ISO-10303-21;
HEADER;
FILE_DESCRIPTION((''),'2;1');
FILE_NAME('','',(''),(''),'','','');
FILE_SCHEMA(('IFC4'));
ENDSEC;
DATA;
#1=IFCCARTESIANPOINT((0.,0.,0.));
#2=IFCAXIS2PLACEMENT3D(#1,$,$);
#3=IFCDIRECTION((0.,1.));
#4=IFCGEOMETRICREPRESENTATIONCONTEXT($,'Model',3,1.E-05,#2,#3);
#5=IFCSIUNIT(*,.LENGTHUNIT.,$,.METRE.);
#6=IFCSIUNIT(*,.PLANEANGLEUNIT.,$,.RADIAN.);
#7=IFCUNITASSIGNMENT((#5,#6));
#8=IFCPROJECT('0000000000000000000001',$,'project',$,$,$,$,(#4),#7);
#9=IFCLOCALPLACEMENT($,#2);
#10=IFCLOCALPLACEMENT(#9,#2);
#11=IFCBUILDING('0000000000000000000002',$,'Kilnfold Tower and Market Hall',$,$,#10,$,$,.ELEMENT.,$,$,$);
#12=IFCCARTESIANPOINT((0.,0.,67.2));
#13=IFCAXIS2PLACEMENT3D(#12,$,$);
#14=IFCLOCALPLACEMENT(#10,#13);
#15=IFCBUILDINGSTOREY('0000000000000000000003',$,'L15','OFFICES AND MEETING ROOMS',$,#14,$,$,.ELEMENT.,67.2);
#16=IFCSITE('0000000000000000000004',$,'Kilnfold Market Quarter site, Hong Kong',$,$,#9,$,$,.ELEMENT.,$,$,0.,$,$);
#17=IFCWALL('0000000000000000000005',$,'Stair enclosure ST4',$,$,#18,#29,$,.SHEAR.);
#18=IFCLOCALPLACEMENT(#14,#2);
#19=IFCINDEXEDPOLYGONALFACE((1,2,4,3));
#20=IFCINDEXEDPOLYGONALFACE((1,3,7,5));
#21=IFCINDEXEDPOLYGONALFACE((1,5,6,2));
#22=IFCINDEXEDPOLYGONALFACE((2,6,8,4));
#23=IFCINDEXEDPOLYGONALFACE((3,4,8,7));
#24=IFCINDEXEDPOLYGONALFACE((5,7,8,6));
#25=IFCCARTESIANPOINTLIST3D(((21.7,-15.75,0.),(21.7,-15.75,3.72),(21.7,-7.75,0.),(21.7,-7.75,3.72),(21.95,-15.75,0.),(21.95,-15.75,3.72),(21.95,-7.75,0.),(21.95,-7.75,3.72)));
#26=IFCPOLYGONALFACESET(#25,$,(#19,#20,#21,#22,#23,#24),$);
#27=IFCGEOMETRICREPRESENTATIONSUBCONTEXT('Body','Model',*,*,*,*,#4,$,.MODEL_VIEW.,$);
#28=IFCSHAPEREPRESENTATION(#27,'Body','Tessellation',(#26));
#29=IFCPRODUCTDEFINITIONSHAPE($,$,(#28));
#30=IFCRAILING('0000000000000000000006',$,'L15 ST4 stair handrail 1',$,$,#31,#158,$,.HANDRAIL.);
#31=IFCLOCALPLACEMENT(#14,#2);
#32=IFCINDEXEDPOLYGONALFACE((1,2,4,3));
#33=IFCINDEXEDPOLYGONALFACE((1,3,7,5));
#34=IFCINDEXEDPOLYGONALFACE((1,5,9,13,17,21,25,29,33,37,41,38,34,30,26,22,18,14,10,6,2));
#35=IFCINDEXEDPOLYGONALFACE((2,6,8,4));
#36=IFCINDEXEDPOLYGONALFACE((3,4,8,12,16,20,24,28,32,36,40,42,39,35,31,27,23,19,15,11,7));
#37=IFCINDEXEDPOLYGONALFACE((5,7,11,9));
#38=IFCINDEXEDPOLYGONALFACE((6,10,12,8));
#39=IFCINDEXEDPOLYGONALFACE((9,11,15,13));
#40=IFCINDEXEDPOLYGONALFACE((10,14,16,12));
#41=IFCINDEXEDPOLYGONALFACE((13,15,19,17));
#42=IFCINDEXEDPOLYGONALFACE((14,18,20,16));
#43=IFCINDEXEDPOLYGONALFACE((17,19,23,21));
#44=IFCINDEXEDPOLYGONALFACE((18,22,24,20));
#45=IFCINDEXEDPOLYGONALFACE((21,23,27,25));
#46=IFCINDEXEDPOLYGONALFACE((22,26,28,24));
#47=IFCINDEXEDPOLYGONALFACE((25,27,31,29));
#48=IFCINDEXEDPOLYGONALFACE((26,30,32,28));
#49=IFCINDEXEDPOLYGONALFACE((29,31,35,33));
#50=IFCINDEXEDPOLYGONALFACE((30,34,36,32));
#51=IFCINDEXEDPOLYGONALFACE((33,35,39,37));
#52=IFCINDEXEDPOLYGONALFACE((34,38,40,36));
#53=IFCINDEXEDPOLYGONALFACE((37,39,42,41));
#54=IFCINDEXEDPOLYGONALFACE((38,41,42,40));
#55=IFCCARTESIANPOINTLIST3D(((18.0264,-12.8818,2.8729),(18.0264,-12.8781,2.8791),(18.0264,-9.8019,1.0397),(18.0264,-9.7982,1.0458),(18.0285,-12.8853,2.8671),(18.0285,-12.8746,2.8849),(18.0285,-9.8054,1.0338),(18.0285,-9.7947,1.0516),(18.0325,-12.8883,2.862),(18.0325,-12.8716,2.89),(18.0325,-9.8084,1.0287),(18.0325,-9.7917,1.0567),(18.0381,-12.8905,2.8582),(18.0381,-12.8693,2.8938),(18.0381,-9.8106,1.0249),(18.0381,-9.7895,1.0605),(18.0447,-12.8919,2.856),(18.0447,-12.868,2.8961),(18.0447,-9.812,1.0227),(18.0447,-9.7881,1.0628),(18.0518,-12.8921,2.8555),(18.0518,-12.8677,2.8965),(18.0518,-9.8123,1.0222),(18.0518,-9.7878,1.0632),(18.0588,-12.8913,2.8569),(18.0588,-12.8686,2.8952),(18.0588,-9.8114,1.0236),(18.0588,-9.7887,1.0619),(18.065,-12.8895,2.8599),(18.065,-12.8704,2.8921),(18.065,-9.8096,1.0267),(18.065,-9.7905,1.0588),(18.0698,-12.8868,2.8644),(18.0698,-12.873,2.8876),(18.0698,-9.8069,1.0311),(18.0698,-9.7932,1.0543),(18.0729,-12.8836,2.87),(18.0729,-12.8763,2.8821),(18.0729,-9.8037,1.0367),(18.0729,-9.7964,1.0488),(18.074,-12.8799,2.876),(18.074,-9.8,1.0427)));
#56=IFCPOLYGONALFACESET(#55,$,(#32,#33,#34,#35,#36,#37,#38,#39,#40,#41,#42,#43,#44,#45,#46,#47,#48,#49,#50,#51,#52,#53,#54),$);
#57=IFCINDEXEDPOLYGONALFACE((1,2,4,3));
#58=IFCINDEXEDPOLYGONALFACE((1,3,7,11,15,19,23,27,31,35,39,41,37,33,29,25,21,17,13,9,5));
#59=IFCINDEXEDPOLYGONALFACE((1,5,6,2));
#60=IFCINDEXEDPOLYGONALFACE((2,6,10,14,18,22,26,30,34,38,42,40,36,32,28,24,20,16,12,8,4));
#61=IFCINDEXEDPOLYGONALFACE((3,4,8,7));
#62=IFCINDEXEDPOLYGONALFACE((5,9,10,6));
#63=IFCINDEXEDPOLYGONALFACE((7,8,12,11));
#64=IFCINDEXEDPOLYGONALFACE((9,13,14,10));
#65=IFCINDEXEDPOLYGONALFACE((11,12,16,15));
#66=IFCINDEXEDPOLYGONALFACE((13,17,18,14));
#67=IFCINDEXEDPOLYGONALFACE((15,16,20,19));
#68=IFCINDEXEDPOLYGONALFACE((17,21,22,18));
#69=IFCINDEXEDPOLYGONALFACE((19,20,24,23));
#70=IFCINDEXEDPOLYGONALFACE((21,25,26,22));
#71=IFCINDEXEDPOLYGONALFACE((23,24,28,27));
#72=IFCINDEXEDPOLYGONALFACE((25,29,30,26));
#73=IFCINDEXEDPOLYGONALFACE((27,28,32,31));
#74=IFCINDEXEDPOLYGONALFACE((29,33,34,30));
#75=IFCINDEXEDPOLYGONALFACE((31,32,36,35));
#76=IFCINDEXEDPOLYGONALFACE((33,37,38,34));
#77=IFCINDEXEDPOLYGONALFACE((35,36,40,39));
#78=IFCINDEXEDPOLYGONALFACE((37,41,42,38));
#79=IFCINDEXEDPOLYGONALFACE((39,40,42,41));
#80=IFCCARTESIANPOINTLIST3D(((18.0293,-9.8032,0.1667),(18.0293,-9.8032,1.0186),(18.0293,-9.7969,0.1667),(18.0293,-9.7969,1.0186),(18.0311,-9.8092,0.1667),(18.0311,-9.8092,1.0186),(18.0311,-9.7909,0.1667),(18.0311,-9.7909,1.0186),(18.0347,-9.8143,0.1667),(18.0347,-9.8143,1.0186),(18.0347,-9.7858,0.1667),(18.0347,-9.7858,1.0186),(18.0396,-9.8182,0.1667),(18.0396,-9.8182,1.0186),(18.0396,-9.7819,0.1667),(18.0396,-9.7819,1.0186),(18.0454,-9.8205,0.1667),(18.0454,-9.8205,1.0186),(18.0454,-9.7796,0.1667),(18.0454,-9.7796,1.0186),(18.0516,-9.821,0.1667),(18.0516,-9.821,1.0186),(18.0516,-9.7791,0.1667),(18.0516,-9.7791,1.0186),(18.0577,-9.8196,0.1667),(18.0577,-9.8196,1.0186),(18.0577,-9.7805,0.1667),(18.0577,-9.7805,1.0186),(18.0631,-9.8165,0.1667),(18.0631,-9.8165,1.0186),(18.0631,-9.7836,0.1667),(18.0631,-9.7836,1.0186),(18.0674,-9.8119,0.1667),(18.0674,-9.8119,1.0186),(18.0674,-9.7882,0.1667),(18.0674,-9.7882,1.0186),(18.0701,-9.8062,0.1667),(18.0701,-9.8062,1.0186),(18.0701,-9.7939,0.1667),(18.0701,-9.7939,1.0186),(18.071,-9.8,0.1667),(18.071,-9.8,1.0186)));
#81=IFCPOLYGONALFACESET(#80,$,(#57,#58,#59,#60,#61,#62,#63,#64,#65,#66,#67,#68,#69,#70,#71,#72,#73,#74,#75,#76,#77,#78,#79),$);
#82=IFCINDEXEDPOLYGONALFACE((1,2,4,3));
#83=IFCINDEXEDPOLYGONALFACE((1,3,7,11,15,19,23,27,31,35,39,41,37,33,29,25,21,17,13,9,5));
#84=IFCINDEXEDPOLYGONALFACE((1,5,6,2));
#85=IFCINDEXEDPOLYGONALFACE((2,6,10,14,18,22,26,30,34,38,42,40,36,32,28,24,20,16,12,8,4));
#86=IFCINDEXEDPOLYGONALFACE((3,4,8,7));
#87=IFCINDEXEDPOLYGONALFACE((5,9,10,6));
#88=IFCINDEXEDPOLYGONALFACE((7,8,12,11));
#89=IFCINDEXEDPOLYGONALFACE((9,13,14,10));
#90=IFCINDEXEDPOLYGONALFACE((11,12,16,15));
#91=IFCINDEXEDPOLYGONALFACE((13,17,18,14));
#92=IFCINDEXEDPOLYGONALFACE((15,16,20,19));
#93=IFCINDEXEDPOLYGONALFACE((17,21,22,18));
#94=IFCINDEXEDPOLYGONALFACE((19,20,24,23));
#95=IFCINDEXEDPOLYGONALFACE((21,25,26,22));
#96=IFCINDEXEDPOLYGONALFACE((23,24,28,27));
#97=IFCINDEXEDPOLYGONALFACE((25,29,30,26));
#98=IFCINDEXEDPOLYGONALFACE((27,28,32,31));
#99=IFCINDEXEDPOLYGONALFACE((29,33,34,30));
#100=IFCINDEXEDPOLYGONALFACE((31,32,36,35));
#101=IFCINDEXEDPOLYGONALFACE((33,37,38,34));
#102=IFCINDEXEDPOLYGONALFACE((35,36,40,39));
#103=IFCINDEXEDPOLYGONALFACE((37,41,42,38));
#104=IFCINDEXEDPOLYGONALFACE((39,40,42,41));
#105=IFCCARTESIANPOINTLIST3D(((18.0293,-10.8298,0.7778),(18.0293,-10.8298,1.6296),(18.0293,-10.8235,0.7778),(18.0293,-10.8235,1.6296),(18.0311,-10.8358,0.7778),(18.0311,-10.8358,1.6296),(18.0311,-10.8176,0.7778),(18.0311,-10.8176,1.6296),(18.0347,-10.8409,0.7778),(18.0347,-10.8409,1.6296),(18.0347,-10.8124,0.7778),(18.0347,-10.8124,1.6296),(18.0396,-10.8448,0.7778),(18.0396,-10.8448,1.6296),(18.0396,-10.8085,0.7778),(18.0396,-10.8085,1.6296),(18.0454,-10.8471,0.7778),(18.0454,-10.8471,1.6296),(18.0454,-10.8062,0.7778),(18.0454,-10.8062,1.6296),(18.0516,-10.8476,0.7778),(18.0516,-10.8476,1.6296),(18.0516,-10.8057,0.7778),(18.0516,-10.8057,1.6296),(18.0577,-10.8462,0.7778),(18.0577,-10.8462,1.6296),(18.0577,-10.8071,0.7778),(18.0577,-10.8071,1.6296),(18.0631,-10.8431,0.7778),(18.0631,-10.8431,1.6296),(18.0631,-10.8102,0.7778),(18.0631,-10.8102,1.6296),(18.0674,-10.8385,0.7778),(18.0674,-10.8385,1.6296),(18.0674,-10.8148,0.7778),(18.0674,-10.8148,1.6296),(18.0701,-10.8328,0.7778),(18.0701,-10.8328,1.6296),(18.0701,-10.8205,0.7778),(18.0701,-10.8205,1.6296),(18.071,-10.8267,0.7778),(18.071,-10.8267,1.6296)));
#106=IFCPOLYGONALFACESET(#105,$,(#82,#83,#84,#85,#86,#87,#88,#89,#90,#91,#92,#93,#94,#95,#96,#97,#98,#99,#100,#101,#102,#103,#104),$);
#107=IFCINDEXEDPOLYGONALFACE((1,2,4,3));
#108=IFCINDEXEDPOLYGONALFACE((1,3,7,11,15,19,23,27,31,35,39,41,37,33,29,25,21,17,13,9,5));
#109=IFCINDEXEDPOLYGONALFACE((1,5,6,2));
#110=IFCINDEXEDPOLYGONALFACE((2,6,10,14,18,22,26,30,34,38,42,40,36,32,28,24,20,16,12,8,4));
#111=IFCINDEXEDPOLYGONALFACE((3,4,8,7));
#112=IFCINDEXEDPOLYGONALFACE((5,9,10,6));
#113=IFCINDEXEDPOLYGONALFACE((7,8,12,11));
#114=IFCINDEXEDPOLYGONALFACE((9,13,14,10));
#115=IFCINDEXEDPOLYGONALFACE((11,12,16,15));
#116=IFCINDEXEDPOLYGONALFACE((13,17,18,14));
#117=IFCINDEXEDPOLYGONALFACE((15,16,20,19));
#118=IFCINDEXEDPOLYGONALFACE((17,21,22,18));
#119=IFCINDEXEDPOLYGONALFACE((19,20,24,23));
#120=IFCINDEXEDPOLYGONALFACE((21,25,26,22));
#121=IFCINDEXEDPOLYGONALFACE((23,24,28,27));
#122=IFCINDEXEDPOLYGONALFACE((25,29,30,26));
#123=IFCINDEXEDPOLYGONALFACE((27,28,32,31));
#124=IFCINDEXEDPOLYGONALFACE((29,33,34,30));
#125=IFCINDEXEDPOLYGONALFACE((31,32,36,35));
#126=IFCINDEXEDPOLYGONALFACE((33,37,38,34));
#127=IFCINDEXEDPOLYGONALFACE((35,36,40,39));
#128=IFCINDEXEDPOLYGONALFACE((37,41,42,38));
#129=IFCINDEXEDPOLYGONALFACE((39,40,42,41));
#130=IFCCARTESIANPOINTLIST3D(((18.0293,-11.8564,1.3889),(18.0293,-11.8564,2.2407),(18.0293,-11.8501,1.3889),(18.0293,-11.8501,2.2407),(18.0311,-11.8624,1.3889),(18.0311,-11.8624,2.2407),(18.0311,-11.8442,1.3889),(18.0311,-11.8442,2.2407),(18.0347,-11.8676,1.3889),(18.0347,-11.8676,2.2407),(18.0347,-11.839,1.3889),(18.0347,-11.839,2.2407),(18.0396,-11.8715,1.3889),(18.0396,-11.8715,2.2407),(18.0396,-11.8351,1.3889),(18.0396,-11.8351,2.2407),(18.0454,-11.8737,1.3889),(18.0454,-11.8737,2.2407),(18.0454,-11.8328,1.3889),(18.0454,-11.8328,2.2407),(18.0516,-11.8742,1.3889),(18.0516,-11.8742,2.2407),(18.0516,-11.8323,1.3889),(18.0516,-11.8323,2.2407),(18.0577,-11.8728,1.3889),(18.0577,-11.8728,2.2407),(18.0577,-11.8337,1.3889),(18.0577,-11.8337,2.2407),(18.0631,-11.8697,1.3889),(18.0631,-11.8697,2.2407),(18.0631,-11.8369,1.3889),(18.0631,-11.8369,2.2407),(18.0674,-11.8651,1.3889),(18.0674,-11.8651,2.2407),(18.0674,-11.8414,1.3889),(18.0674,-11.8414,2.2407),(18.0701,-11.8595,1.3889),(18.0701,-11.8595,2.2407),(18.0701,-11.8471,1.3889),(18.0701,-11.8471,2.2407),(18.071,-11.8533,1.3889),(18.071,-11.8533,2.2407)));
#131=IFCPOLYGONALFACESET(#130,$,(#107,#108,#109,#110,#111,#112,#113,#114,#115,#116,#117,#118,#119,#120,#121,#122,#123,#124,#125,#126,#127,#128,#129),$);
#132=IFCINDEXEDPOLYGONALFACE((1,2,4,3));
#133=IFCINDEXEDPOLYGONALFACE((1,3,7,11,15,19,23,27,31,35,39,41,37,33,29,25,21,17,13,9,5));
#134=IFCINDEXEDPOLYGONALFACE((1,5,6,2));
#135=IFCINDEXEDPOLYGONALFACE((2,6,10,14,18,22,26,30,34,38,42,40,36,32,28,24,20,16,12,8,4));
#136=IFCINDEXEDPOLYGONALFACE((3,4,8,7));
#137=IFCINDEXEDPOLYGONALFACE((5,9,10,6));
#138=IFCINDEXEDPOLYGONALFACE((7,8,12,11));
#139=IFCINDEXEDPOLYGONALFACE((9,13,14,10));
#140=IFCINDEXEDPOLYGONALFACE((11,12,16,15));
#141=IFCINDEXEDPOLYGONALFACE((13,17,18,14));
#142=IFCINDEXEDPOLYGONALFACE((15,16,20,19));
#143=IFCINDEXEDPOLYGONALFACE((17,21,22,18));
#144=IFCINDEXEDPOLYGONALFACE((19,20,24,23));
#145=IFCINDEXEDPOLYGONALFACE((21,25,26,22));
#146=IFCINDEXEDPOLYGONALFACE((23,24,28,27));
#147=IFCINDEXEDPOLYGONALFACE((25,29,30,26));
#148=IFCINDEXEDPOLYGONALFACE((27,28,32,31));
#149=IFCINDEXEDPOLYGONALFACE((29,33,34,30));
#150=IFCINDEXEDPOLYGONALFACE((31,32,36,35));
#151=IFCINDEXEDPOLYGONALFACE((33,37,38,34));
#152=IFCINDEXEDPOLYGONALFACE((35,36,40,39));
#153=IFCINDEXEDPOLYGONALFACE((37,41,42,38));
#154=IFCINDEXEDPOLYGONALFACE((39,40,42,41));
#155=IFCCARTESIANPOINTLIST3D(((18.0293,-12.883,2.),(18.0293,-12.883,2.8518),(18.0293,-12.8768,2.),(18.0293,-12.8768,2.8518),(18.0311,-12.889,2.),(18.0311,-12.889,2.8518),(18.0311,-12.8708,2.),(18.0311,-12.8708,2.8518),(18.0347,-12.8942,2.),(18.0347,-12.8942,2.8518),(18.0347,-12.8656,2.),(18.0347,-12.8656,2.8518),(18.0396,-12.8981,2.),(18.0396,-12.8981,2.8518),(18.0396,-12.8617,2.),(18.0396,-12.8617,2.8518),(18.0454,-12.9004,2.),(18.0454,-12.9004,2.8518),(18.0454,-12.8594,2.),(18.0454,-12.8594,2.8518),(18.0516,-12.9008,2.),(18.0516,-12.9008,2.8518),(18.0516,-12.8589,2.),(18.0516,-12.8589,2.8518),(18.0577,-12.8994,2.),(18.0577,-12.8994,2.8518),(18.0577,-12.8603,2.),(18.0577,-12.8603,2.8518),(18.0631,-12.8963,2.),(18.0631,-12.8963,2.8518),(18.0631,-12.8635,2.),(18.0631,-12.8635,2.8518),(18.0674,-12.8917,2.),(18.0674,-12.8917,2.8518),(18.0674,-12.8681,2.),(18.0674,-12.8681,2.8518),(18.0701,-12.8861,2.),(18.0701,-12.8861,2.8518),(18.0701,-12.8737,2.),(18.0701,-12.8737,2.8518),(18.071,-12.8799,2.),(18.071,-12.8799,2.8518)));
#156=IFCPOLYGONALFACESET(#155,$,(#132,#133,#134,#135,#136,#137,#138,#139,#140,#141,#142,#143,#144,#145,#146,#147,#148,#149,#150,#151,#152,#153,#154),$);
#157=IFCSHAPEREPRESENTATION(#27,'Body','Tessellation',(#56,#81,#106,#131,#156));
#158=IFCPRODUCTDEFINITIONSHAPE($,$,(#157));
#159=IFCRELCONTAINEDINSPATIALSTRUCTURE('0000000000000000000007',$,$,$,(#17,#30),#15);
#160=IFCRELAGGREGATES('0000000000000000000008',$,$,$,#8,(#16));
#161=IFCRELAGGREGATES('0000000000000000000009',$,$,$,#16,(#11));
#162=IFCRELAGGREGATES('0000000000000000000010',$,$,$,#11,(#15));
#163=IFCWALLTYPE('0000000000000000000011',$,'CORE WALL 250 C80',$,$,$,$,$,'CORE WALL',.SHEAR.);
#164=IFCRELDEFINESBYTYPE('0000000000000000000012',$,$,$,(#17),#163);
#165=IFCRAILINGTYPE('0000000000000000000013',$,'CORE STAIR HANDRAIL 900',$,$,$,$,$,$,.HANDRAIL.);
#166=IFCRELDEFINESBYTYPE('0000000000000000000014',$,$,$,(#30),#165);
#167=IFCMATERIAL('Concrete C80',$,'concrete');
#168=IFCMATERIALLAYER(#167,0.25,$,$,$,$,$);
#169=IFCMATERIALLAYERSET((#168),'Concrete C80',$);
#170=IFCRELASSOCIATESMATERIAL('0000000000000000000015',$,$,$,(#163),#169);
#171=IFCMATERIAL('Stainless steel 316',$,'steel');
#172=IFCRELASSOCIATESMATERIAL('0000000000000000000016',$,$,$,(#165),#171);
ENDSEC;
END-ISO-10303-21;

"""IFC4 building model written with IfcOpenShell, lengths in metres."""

from ifc_helpers import new_model, si_unit, direction, frame, frame_2d, origin, origin_2d, place, context, subcontext, project, spatial, rectangle, circle, extrude, source, transform, mapped, material, layer, layer_set, type_object, element, save


model = new_model("IFC4")

# Units and contexts
model_context = context("Model", 3, precision=1e-05, world=origin(), true_north=direction((0.0, 1.0)))
body_context = subcontext(model_context, "Body", "Model", "MODEL_VIEW")
ifc_project = project(units=[si_unit("LENGTHUNIT", "METRE"), si_unit("PLANEANGLEUNIT", "RADIAN")], contexts=[model_context])

# Site, building, storey
site_placement = place(None, origin())
site = spatial("IfcSite", under=ifc_project, at=site_placement, Name="Kilnfold Market Quarter site, Hong Kong", CompositionType="ELEMENT", RefElevation=0.0)
building_placement = place(site_placement, origin())
building = spatial("IfcBuilding", under=site, at=building_placement, Name="Kilnfold Tower and Market Hall", CompositionType="ELEMENT")
storey_placement = place(building_placement, frame((0.0, 0.0, 67.2)))
storey = spatial("IfcBuildingStorey", under=building, at=storey_placement, Name="L15", Description="OFFICES AND MEETING ROOMS", CompositionType="ELEMENT", Elevation=67.2)

# Shared definitions
ifc_material_1 = material(Name="Concrete C80", Category="concrete")
ifc_layer_1 = layer(ifc_material_1, 0.25)
ifc_layer_set_1 = layer_set([ifc_layer_1], Name="Concrete C80")
wall_type_1 = type_object("IfcWallType", Name="CORE WALL 250 C80", ElementType="CORE WALL", PredefinedType="SHEAR", material=ifc_layer_set_1)

# Wall
shared_shape_1 = source(origin(), body_context, "Body", "SweptSolid", [
    extrude(rectangle(XDim=8.0, YDim=0.25, at=frame_2d((4.0, 0.0))), origin(), (0.0, 0.0, 1.0), 3.72),
])
for number, where, z_axis, x_axis, name in (
    (1, (21.825, -15.75, 0.0), (0.0, 0.0, 1.0), (0.0, 1.0, 0.0), "Stair enclosure ST4"),
):
    element("IfcWall", number, at=place(storey_placement, frame(where, z_axis=z_axis, x_axis=x_axis)), inside=storey, type_object=wall_type_1, Name=name, PredefinedType="SHEAR", context=body_context, shape_type="MappedRepresentation", body=[
        mapped(shared_shape_1, transform((0.0, 0.0, 0.0))),
    ])

# Railing
ifc_material_2 = material(Name="Stainless steel 316", Category="steel")
railing_type_1 = type_object("IfcRailingType", Name="CORE STAIR HANDRAIL 900", PredefinedType="HANDRAIL", material=ifc_material_2)
railing_1_placement = place(storey_placement, frame((18.05, -9.8, 0.1667)))
element("IfcRailing", 2, at=railing_1_placement, inside=storey, type_object=railing_type_1, Name="L15 ST4 stair handrail 1", PredefinedType="HANDRAIL", context=body_context, shape_type="SweptSolid", body=[
    extrude(circle(Radius=0.0239, at=origin_2d()), frame((0.0, 0.0, 0.876), z_axis=(0.0, -0.859291, 0.511487), x_axis=(1.0, 0.0, 0.0)), (0.0, 0.0, 1.0), 3.5842),
    extrude(circle(Radius=0.021, at=origin_2d()), origin(), (0.0, 0.0, 1.0), 0.8518),
    extrude(circle(Radius=0.021, at=origin_2d()), frame((0.0, -1.0266, 0.6111)), (0.0, 0.0, 1.0), 0.8518),
    extrude(circle(Radius=0.021, at=origin_2d()), frame((0.0, -2.0532, 1.2222)), (0.0, 0.0, 1.0), 0.8518),
    extrude(circle(Radius=0.021, at=origin_2d()), frame((0.0, -3.0798, 1.8333)), (0.0, 0.0, 1.0), 0.8518),
])

save(model, "model.ifc")
